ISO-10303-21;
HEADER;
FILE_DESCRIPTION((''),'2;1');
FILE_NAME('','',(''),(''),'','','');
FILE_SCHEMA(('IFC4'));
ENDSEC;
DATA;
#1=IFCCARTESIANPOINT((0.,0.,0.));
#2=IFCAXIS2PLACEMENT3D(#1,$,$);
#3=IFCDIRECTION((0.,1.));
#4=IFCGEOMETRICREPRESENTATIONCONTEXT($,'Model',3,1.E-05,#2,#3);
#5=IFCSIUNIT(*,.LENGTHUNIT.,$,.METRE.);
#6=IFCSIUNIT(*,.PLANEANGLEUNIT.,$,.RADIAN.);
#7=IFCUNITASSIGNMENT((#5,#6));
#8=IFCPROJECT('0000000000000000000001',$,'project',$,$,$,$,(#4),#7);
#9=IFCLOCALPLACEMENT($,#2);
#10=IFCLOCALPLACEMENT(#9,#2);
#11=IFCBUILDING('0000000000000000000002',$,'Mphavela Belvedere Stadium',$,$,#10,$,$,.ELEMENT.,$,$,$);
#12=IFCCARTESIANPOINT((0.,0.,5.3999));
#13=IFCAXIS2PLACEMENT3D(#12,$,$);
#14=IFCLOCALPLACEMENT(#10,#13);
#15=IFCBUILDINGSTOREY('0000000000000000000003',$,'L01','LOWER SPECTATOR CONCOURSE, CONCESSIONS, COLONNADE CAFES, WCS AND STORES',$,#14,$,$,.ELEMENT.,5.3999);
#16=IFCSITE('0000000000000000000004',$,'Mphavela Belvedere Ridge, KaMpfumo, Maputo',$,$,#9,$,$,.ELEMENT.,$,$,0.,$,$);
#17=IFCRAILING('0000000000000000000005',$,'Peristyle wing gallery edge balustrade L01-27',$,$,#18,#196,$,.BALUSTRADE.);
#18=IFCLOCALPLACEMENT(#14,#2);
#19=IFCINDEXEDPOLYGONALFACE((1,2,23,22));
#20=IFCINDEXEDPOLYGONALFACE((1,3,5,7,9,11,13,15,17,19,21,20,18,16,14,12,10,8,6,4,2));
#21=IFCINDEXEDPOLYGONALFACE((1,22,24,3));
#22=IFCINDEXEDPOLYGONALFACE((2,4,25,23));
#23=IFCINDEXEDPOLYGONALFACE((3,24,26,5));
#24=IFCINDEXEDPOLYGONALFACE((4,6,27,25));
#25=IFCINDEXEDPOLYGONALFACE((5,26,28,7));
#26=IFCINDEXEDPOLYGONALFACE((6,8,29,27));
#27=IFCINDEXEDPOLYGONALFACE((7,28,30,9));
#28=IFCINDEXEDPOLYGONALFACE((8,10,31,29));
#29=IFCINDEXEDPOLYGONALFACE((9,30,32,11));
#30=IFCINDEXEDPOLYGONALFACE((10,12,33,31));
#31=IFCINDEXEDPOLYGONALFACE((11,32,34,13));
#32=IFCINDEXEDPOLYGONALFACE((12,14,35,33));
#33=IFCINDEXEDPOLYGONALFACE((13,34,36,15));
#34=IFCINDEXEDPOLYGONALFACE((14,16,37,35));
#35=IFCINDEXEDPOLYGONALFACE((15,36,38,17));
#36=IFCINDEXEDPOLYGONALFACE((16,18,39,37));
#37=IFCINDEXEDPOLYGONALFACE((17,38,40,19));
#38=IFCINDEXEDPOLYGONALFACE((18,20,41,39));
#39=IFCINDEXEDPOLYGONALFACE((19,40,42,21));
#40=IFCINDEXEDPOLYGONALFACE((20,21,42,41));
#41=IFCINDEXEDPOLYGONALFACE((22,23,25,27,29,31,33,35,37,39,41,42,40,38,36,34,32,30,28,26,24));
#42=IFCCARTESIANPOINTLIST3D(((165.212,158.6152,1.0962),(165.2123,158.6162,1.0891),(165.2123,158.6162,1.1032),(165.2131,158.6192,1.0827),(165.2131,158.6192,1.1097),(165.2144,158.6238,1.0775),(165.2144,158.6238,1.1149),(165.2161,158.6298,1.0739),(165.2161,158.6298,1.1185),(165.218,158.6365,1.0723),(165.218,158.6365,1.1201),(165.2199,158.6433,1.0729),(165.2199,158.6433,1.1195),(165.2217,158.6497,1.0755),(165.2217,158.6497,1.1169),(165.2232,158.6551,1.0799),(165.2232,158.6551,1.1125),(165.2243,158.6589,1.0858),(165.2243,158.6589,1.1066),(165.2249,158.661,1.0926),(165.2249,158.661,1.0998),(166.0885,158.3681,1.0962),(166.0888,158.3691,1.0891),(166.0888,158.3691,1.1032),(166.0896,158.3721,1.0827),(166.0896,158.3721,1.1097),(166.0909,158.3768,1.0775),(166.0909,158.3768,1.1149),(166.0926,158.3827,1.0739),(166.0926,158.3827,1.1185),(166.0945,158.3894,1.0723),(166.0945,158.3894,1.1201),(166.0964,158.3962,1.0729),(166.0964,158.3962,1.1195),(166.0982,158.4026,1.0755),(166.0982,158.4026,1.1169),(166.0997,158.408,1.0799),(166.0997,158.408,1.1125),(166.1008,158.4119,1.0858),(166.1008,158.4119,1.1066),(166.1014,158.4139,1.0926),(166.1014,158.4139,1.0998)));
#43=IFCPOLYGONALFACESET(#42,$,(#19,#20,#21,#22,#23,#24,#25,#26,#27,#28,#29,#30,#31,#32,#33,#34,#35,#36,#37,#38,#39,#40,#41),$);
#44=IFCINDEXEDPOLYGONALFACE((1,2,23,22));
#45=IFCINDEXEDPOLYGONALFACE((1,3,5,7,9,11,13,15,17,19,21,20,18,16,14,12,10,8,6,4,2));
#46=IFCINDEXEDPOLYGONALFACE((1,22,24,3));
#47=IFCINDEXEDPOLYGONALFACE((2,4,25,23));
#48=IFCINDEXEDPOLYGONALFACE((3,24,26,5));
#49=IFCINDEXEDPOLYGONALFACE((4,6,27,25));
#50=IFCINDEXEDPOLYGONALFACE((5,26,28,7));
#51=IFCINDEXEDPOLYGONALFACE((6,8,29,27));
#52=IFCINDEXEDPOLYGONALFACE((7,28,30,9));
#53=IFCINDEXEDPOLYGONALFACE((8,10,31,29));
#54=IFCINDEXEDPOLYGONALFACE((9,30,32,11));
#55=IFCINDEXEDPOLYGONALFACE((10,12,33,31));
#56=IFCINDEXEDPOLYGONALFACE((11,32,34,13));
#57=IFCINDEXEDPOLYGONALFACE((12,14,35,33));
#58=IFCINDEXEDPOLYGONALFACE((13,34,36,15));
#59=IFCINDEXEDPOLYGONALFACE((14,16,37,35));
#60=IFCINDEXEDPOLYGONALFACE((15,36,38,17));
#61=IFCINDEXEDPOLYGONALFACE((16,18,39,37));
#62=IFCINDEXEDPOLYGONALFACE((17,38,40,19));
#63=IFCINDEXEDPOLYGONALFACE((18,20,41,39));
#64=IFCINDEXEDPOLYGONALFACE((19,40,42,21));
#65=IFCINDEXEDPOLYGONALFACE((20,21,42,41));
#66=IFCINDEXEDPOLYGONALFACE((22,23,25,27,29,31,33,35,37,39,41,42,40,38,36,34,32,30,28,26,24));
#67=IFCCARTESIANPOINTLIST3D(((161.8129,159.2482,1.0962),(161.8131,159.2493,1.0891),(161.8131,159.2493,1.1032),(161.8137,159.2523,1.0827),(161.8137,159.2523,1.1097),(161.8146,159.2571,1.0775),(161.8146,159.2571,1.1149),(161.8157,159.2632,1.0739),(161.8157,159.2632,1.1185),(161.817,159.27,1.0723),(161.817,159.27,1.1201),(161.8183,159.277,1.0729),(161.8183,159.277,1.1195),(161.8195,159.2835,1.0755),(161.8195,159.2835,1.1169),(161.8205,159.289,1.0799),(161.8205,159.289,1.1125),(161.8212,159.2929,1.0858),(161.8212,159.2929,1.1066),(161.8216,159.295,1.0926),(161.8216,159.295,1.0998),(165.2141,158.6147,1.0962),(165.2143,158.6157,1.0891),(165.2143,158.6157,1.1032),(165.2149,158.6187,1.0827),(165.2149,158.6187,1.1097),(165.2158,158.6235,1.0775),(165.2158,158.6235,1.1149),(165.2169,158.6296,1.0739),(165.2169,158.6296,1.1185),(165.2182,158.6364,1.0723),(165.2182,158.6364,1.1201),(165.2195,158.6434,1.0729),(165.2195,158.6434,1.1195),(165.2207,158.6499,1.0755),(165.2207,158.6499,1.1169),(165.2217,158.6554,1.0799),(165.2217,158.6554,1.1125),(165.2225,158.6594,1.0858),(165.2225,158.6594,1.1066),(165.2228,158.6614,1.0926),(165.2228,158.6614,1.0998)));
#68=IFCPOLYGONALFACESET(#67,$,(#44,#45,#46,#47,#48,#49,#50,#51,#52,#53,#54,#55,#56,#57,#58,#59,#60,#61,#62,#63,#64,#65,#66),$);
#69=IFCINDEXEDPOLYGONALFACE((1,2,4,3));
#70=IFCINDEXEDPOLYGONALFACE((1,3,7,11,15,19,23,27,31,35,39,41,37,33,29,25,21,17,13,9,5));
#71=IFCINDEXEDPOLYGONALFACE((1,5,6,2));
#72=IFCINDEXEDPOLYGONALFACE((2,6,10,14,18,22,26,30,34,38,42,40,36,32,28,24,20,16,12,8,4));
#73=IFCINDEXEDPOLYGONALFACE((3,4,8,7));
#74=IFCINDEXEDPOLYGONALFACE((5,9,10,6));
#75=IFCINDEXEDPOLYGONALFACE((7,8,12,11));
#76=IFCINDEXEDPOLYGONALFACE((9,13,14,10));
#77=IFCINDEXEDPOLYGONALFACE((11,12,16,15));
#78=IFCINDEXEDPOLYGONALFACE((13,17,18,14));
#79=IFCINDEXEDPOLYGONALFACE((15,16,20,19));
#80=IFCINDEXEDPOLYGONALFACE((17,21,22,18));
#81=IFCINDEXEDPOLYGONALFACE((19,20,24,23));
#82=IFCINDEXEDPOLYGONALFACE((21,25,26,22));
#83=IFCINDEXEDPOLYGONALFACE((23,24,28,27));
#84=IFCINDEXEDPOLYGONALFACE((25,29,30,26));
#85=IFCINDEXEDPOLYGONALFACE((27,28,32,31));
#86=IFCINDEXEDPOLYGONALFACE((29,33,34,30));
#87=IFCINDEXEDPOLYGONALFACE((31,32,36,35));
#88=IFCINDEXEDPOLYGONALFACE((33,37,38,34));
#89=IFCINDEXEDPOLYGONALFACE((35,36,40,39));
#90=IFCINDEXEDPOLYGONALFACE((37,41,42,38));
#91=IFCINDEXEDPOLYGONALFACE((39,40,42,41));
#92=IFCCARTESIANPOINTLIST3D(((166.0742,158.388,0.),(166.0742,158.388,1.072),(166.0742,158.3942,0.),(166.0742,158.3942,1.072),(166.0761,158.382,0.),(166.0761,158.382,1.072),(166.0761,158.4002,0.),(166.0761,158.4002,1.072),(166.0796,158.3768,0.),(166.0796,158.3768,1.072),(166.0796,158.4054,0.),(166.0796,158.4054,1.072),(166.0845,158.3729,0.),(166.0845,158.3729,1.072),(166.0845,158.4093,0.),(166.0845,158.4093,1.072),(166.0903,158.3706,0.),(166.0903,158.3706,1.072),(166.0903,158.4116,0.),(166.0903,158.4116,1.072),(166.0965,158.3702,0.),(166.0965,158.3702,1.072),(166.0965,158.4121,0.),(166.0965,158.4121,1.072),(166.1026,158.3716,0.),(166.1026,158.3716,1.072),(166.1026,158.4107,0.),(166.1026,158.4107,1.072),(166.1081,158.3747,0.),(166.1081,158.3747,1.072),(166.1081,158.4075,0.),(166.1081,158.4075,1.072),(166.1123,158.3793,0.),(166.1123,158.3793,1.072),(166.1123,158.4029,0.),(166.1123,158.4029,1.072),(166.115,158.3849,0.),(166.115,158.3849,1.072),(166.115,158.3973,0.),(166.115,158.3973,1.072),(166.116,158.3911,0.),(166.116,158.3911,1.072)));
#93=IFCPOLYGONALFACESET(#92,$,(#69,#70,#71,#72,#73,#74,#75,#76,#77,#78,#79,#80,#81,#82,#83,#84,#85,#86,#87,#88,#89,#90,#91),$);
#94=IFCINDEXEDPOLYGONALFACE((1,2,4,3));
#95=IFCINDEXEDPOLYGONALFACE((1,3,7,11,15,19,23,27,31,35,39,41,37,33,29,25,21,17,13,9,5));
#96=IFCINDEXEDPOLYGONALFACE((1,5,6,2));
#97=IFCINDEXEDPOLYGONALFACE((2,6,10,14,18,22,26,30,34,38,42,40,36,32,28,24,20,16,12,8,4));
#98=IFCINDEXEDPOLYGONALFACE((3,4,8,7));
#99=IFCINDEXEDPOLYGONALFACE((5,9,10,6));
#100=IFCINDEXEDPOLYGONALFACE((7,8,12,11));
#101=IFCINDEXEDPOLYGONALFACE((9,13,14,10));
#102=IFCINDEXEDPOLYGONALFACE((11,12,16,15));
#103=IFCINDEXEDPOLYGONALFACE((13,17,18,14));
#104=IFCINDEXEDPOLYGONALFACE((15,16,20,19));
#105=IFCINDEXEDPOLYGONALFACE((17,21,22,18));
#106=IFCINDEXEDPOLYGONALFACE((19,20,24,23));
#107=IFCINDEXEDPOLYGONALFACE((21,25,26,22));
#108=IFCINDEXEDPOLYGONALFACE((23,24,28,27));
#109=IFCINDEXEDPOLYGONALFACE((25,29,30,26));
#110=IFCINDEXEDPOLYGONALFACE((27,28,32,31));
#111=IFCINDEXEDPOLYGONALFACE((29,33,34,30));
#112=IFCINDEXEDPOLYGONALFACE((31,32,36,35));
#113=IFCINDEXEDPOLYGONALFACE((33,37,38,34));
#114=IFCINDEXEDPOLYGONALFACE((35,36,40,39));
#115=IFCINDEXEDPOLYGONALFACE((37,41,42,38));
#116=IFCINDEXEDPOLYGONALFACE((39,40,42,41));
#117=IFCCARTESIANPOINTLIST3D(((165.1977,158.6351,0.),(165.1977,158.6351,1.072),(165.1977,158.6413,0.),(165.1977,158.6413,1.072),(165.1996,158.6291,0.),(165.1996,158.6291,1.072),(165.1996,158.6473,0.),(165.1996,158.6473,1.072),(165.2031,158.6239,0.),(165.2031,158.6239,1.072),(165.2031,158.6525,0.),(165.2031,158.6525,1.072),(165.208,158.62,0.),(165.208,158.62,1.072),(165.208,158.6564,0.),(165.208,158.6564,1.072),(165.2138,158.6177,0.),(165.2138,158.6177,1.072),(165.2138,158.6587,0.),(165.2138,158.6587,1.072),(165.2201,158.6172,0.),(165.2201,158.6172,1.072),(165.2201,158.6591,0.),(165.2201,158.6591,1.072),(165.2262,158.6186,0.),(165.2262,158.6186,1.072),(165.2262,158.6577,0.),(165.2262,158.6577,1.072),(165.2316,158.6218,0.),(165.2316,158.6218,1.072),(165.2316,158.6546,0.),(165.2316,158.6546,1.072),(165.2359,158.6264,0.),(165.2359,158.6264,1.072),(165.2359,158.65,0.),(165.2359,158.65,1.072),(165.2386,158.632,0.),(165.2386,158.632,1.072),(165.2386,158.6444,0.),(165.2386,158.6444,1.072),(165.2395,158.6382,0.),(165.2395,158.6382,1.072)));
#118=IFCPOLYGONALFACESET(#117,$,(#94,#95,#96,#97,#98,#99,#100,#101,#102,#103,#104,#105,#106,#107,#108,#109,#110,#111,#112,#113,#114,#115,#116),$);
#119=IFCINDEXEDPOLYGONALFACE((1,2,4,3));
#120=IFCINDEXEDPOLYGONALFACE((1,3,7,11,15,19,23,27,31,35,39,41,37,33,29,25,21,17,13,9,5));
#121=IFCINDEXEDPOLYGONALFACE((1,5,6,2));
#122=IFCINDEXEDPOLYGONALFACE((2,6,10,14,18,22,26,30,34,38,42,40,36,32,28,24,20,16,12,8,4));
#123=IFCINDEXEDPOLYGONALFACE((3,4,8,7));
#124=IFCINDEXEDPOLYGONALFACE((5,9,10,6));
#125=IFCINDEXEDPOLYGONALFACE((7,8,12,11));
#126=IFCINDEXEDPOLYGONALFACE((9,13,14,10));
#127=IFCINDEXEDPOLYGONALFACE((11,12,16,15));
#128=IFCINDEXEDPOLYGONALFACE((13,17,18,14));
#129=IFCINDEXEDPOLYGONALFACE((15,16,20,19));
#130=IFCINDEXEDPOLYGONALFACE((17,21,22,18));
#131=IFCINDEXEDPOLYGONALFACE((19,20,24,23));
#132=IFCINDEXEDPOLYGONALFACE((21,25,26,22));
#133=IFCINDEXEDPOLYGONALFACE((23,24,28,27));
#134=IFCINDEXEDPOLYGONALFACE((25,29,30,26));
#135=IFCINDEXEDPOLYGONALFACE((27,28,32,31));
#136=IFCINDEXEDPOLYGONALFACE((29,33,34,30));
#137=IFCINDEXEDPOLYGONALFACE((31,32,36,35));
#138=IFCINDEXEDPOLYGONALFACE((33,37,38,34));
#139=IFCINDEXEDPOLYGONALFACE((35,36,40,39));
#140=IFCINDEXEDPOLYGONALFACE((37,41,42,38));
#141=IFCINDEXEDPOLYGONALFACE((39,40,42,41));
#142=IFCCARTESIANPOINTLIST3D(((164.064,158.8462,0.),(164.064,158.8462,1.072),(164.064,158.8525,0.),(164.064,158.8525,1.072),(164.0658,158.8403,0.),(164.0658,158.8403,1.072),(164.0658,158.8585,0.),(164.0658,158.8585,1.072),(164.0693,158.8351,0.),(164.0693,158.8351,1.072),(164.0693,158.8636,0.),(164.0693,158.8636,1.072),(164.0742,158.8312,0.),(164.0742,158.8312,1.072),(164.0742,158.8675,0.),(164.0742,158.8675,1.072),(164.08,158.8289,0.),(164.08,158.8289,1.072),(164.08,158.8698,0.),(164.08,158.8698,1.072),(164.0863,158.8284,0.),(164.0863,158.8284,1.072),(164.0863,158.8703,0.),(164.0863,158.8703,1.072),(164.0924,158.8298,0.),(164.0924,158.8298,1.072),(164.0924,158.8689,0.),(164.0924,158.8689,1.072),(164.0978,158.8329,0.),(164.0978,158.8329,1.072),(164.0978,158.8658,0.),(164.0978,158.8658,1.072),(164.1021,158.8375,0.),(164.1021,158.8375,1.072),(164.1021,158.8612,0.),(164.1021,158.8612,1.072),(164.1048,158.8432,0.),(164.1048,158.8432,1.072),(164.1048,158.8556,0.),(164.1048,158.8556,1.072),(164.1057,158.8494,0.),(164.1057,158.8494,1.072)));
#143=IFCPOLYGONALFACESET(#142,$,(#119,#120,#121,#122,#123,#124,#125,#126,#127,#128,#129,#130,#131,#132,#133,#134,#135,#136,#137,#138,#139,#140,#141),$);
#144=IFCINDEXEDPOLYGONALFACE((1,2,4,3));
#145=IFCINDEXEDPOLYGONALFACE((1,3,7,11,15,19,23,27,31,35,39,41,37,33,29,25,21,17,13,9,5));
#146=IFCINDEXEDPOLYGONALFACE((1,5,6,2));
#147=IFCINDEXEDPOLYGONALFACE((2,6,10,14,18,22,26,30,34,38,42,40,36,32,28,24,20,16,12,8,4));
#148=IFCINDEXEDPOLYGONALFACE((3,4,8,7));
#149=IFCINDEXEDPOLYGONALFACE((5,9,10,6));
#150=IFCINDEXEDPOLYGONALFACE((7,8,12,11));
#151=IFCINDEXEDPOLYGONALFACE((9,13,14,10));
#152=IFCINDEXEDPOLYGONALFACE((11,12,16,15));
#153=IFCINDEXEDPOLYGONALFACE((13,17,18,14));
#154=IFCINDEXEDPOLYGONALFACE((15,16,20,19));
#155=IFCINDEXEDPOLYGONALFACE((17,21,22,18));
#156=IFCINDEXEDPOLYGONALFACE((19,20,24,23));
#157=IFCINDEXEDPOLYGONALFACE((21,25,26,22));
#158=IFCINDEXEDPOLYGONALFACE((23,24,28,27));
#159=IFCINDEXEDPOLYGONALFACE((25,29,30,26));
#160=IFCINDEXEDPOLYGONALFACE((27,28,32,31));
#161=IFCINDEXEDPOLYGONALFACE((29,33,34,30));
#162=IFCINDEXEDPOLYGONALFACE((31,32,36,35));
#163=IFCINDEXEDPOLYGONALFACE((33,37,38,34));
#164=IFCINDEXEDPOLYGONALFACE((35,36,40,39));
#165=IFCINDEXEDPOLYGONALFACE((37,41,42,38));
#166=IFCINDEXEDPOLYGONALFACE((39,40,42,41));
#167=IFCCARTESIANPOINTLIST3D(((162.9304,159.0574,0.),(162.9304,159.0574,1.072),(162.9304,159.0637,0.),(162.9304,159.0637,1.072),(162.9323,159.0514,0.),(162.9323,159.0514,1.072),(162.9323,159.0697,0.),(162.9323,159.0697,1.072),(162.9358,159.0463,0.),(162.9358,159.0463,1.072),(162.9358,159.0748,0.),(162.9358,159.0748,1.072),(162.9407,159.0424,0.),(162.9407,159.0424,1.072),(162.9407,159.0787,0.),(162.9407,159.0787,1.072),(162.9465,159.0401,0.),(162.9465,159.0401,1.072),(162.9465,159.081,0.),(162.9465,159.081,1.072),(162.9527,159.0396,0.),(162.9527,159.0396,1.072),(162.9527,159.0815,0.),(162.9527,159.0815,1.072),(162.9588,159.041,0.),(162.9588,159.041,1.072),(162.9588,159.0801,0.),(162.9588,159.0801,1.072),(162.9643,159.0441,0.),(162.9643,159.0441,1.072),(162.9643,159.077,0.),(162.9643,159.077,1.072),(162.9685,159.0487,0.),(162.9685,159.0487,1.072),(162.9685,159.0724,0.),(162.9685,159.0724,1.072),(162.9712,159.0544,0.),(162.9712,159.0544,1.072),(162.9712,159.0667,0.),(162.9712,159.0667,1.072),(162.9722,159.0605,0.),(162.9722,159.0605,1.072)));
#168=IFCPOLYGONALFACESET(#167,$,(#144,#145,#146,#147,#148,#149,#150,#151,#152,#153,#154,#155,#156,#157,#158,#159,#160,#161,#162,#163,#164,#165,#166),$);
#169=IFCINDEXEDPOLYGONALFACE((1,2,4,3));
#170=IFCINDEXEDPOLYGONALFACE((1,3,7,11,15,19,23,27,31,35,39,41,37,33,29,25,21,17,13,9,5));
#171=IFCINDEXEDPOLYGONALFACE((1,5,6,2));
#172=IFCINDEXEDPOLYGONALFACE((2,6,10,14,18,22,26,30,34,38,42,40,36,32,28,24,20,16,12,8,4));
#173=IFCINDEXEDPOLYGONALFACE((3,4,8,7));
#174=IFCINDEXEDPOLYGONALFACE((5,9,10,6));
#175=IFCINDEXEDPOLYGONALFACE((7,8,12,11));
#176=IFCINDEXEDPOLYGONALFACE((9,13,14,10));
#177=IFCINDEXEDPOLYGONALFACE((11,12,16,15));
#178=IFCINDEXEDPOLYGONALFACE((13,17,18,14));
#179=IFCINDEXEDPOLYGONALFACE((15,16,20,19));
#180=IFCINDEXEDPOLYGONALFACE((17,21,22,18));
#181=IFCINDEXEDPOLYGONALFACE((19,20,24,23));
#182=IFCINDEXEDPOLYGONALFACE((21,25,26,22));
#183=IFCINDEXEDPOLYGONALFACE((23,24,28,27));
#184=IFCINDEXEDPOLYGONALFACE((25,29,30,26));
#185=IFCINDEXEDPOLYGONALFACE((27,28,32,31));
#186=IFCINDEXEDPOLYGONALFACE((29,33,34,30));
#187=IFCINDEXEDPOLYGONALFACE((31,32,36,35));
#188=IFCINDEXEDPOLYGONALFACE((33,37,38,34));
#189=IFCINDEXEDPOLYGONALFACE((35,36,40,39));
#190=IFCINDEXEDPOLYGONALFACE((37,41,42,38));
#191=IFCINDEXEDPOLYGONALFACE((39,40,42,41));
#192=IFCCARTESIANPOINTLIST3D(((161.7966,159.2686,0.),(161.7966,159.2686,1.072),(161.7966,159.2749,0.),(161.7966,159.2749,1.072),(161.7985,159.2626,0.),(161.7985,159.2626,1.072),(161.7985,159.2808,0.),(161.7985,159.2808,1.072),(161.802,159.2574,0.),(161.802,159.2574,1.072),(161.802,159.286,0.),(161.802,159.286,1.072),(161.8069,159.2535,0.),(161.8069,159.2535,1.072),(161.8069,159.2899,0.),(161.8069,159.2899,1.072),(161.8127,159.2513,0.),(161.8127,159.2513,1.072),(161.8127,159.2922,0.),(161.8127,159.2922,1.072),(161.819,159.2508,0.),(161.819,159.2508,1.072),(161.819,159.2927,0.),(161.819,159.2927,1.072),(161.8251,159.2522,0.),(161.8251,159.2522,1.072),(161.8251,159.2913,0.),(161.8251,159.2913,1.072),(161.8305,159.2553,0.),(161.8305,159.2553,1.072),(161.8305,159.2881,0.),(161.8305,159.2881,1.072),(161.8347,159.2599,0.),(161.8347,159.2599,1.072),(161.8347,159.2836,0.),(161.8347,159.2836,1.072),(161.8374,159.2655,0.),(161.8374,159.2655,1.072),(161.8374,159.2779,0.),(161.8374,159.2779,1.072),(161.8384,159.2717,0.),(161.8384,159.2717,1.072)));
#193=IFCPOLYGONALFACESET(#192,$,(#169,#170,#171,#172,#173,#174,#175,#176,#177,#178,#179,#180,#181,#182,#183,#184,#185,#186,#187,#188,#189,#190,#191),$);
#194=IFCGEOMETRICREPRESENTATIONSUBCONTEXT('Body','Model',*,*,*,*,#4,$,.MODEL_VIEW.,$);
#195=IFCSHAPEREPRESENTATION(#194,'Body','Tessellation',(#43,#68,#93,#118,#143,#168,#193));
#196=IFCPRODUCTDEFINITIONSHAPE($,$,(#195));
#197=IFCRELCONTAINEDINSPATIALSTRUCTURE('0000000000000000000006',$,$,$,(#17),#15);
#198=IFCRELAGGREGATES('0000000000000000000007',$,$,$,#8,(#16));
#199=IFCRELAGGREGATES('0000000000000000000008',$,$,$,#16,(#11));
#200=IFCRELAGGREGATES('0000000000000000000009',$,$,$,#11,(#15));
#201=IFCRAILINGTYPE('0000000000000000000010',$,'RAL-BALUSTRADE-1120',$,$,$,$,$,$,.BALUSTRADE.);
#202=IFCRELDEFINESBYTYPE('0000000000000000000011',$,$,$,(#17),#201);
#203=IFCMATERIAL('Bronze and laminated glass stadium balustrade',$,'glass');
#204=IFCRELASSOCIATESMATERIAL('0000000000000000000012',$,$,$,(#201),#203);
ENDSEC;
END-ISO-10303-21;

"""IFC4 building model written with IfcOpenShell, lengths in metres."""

from ifc_helpers import new_model, si_unit, direction, frame, origin, origin_2d, place, context, subcontext, project, spatial, circle, extrude, material, type_object, element, save


model = new_model("IFC4")

# Units and contexts
model_context = context("Model", 3, precision=1e-05, world=origin(), true_north=direction((0.0, 1.0)))
body_context = subcontext(model_context, "Body", "Model", "MODEL_VIEW")
ifc_project = project(units=[si_unit("LENGTHUNIT", "METRE"), si_unit("PLANEANGLEUNIT", "RADIAN")], contexts=[model_context])

# Site, building, storey
site_placement = place(None, origin())
site = spatial("IfcSite", under=ifc_project, at=site_placement, Name="Mphavela Belvedere Ridge, KaMpfumo, Maputo", CompositionType="ELEMENT", RefElevation=0.0)
building_placement = place(site_placement, origin())
building = spatial("IfcBuilding", under=site, at=building_placement, Name="Mphavela Belvedere Stadium", CompositionType="ELEMENT")
storey_placement = place(building_placement, frame((0.0, 0.0, 5.3999)))
storey = spatial("IfcBuildingStorey", under=building, at=storey_placement, Name="L01", Description="LOWER SPECTATOR CONCOURSE, CONCESSIONS, COLONNADE CAFES, WCS AND STORES", CompositionType="ELEMENT", Elevation=5.3999)

# Railing
ifc_material_1 = material(Name="Bronze and laminated glass stadium balustrade", Category="glass")
railing_type_1 = type_object("IfcRailingType", Name="RAL-BALUSTRADE-1120", PredefinedType="BALUSTRADE", material=ifc_material_1)
railing_1_placement = place(storey_placement, frame((166.095, 158.3911, 0.0)))
element("IfcRailing", 1, at=railing_1_placement, inside=storey, type_object=railing_type_1, Name="Peristyle wing gallery edge balustrade L01-27", PredefinedType="BALUSTRADE", context=body_context, shape_type="SweptSolid", body=[
    extrude(circle(Radius=0.0239, at=origin_2d()), frame((0.0, 0.0, 1.0962), z_axis=(-0.962489, 0.27132, 0.0), x_axis=(-0.27132, -0.962489, 0.0)), (0.0, 0.0, 1.0), 0.9106),
    extrude(circle(Radius=0.0239, at=origin_2d()), frame((-0.8765, 0.2471, 1.0962), z_axis=(-0.98309, 0.183125, 0.0), x_axis=(-0.183125, -0.98309, 0.0)), (0.0, 0.0, 1.0), 3.4597),
    extrude(circle(Radius=0.021, at=origin_2d()), origin(), (0.0, 0.0, 1.0), 1.072),
    extrude(circle(Radius=0.021, at=origin_2d()), frame((-0.8765, 0.2471, 0.0)), (0.0, 0.0, 1.0), 1.072),
    extrude(circle(Radius=0.021, at=origin_2d()), frame((-2.0103, 0.4583, 0.0)), (0.0, 0.0, 1.0), 1.072),
    extrude(circle(Radius=0.021, at=origin_2d()), frame((-3.1438, 0.6694, 0.0)), (0.0, 0.0, 1.0), 1.072),
    extrude(circle(Radius=0.021, at=origin_2d()), frame((-4.2776, 0.8806, 0.0)), (0.0, 0.0, 1.0), 1.072),
])

save(model, "model.ifc")
